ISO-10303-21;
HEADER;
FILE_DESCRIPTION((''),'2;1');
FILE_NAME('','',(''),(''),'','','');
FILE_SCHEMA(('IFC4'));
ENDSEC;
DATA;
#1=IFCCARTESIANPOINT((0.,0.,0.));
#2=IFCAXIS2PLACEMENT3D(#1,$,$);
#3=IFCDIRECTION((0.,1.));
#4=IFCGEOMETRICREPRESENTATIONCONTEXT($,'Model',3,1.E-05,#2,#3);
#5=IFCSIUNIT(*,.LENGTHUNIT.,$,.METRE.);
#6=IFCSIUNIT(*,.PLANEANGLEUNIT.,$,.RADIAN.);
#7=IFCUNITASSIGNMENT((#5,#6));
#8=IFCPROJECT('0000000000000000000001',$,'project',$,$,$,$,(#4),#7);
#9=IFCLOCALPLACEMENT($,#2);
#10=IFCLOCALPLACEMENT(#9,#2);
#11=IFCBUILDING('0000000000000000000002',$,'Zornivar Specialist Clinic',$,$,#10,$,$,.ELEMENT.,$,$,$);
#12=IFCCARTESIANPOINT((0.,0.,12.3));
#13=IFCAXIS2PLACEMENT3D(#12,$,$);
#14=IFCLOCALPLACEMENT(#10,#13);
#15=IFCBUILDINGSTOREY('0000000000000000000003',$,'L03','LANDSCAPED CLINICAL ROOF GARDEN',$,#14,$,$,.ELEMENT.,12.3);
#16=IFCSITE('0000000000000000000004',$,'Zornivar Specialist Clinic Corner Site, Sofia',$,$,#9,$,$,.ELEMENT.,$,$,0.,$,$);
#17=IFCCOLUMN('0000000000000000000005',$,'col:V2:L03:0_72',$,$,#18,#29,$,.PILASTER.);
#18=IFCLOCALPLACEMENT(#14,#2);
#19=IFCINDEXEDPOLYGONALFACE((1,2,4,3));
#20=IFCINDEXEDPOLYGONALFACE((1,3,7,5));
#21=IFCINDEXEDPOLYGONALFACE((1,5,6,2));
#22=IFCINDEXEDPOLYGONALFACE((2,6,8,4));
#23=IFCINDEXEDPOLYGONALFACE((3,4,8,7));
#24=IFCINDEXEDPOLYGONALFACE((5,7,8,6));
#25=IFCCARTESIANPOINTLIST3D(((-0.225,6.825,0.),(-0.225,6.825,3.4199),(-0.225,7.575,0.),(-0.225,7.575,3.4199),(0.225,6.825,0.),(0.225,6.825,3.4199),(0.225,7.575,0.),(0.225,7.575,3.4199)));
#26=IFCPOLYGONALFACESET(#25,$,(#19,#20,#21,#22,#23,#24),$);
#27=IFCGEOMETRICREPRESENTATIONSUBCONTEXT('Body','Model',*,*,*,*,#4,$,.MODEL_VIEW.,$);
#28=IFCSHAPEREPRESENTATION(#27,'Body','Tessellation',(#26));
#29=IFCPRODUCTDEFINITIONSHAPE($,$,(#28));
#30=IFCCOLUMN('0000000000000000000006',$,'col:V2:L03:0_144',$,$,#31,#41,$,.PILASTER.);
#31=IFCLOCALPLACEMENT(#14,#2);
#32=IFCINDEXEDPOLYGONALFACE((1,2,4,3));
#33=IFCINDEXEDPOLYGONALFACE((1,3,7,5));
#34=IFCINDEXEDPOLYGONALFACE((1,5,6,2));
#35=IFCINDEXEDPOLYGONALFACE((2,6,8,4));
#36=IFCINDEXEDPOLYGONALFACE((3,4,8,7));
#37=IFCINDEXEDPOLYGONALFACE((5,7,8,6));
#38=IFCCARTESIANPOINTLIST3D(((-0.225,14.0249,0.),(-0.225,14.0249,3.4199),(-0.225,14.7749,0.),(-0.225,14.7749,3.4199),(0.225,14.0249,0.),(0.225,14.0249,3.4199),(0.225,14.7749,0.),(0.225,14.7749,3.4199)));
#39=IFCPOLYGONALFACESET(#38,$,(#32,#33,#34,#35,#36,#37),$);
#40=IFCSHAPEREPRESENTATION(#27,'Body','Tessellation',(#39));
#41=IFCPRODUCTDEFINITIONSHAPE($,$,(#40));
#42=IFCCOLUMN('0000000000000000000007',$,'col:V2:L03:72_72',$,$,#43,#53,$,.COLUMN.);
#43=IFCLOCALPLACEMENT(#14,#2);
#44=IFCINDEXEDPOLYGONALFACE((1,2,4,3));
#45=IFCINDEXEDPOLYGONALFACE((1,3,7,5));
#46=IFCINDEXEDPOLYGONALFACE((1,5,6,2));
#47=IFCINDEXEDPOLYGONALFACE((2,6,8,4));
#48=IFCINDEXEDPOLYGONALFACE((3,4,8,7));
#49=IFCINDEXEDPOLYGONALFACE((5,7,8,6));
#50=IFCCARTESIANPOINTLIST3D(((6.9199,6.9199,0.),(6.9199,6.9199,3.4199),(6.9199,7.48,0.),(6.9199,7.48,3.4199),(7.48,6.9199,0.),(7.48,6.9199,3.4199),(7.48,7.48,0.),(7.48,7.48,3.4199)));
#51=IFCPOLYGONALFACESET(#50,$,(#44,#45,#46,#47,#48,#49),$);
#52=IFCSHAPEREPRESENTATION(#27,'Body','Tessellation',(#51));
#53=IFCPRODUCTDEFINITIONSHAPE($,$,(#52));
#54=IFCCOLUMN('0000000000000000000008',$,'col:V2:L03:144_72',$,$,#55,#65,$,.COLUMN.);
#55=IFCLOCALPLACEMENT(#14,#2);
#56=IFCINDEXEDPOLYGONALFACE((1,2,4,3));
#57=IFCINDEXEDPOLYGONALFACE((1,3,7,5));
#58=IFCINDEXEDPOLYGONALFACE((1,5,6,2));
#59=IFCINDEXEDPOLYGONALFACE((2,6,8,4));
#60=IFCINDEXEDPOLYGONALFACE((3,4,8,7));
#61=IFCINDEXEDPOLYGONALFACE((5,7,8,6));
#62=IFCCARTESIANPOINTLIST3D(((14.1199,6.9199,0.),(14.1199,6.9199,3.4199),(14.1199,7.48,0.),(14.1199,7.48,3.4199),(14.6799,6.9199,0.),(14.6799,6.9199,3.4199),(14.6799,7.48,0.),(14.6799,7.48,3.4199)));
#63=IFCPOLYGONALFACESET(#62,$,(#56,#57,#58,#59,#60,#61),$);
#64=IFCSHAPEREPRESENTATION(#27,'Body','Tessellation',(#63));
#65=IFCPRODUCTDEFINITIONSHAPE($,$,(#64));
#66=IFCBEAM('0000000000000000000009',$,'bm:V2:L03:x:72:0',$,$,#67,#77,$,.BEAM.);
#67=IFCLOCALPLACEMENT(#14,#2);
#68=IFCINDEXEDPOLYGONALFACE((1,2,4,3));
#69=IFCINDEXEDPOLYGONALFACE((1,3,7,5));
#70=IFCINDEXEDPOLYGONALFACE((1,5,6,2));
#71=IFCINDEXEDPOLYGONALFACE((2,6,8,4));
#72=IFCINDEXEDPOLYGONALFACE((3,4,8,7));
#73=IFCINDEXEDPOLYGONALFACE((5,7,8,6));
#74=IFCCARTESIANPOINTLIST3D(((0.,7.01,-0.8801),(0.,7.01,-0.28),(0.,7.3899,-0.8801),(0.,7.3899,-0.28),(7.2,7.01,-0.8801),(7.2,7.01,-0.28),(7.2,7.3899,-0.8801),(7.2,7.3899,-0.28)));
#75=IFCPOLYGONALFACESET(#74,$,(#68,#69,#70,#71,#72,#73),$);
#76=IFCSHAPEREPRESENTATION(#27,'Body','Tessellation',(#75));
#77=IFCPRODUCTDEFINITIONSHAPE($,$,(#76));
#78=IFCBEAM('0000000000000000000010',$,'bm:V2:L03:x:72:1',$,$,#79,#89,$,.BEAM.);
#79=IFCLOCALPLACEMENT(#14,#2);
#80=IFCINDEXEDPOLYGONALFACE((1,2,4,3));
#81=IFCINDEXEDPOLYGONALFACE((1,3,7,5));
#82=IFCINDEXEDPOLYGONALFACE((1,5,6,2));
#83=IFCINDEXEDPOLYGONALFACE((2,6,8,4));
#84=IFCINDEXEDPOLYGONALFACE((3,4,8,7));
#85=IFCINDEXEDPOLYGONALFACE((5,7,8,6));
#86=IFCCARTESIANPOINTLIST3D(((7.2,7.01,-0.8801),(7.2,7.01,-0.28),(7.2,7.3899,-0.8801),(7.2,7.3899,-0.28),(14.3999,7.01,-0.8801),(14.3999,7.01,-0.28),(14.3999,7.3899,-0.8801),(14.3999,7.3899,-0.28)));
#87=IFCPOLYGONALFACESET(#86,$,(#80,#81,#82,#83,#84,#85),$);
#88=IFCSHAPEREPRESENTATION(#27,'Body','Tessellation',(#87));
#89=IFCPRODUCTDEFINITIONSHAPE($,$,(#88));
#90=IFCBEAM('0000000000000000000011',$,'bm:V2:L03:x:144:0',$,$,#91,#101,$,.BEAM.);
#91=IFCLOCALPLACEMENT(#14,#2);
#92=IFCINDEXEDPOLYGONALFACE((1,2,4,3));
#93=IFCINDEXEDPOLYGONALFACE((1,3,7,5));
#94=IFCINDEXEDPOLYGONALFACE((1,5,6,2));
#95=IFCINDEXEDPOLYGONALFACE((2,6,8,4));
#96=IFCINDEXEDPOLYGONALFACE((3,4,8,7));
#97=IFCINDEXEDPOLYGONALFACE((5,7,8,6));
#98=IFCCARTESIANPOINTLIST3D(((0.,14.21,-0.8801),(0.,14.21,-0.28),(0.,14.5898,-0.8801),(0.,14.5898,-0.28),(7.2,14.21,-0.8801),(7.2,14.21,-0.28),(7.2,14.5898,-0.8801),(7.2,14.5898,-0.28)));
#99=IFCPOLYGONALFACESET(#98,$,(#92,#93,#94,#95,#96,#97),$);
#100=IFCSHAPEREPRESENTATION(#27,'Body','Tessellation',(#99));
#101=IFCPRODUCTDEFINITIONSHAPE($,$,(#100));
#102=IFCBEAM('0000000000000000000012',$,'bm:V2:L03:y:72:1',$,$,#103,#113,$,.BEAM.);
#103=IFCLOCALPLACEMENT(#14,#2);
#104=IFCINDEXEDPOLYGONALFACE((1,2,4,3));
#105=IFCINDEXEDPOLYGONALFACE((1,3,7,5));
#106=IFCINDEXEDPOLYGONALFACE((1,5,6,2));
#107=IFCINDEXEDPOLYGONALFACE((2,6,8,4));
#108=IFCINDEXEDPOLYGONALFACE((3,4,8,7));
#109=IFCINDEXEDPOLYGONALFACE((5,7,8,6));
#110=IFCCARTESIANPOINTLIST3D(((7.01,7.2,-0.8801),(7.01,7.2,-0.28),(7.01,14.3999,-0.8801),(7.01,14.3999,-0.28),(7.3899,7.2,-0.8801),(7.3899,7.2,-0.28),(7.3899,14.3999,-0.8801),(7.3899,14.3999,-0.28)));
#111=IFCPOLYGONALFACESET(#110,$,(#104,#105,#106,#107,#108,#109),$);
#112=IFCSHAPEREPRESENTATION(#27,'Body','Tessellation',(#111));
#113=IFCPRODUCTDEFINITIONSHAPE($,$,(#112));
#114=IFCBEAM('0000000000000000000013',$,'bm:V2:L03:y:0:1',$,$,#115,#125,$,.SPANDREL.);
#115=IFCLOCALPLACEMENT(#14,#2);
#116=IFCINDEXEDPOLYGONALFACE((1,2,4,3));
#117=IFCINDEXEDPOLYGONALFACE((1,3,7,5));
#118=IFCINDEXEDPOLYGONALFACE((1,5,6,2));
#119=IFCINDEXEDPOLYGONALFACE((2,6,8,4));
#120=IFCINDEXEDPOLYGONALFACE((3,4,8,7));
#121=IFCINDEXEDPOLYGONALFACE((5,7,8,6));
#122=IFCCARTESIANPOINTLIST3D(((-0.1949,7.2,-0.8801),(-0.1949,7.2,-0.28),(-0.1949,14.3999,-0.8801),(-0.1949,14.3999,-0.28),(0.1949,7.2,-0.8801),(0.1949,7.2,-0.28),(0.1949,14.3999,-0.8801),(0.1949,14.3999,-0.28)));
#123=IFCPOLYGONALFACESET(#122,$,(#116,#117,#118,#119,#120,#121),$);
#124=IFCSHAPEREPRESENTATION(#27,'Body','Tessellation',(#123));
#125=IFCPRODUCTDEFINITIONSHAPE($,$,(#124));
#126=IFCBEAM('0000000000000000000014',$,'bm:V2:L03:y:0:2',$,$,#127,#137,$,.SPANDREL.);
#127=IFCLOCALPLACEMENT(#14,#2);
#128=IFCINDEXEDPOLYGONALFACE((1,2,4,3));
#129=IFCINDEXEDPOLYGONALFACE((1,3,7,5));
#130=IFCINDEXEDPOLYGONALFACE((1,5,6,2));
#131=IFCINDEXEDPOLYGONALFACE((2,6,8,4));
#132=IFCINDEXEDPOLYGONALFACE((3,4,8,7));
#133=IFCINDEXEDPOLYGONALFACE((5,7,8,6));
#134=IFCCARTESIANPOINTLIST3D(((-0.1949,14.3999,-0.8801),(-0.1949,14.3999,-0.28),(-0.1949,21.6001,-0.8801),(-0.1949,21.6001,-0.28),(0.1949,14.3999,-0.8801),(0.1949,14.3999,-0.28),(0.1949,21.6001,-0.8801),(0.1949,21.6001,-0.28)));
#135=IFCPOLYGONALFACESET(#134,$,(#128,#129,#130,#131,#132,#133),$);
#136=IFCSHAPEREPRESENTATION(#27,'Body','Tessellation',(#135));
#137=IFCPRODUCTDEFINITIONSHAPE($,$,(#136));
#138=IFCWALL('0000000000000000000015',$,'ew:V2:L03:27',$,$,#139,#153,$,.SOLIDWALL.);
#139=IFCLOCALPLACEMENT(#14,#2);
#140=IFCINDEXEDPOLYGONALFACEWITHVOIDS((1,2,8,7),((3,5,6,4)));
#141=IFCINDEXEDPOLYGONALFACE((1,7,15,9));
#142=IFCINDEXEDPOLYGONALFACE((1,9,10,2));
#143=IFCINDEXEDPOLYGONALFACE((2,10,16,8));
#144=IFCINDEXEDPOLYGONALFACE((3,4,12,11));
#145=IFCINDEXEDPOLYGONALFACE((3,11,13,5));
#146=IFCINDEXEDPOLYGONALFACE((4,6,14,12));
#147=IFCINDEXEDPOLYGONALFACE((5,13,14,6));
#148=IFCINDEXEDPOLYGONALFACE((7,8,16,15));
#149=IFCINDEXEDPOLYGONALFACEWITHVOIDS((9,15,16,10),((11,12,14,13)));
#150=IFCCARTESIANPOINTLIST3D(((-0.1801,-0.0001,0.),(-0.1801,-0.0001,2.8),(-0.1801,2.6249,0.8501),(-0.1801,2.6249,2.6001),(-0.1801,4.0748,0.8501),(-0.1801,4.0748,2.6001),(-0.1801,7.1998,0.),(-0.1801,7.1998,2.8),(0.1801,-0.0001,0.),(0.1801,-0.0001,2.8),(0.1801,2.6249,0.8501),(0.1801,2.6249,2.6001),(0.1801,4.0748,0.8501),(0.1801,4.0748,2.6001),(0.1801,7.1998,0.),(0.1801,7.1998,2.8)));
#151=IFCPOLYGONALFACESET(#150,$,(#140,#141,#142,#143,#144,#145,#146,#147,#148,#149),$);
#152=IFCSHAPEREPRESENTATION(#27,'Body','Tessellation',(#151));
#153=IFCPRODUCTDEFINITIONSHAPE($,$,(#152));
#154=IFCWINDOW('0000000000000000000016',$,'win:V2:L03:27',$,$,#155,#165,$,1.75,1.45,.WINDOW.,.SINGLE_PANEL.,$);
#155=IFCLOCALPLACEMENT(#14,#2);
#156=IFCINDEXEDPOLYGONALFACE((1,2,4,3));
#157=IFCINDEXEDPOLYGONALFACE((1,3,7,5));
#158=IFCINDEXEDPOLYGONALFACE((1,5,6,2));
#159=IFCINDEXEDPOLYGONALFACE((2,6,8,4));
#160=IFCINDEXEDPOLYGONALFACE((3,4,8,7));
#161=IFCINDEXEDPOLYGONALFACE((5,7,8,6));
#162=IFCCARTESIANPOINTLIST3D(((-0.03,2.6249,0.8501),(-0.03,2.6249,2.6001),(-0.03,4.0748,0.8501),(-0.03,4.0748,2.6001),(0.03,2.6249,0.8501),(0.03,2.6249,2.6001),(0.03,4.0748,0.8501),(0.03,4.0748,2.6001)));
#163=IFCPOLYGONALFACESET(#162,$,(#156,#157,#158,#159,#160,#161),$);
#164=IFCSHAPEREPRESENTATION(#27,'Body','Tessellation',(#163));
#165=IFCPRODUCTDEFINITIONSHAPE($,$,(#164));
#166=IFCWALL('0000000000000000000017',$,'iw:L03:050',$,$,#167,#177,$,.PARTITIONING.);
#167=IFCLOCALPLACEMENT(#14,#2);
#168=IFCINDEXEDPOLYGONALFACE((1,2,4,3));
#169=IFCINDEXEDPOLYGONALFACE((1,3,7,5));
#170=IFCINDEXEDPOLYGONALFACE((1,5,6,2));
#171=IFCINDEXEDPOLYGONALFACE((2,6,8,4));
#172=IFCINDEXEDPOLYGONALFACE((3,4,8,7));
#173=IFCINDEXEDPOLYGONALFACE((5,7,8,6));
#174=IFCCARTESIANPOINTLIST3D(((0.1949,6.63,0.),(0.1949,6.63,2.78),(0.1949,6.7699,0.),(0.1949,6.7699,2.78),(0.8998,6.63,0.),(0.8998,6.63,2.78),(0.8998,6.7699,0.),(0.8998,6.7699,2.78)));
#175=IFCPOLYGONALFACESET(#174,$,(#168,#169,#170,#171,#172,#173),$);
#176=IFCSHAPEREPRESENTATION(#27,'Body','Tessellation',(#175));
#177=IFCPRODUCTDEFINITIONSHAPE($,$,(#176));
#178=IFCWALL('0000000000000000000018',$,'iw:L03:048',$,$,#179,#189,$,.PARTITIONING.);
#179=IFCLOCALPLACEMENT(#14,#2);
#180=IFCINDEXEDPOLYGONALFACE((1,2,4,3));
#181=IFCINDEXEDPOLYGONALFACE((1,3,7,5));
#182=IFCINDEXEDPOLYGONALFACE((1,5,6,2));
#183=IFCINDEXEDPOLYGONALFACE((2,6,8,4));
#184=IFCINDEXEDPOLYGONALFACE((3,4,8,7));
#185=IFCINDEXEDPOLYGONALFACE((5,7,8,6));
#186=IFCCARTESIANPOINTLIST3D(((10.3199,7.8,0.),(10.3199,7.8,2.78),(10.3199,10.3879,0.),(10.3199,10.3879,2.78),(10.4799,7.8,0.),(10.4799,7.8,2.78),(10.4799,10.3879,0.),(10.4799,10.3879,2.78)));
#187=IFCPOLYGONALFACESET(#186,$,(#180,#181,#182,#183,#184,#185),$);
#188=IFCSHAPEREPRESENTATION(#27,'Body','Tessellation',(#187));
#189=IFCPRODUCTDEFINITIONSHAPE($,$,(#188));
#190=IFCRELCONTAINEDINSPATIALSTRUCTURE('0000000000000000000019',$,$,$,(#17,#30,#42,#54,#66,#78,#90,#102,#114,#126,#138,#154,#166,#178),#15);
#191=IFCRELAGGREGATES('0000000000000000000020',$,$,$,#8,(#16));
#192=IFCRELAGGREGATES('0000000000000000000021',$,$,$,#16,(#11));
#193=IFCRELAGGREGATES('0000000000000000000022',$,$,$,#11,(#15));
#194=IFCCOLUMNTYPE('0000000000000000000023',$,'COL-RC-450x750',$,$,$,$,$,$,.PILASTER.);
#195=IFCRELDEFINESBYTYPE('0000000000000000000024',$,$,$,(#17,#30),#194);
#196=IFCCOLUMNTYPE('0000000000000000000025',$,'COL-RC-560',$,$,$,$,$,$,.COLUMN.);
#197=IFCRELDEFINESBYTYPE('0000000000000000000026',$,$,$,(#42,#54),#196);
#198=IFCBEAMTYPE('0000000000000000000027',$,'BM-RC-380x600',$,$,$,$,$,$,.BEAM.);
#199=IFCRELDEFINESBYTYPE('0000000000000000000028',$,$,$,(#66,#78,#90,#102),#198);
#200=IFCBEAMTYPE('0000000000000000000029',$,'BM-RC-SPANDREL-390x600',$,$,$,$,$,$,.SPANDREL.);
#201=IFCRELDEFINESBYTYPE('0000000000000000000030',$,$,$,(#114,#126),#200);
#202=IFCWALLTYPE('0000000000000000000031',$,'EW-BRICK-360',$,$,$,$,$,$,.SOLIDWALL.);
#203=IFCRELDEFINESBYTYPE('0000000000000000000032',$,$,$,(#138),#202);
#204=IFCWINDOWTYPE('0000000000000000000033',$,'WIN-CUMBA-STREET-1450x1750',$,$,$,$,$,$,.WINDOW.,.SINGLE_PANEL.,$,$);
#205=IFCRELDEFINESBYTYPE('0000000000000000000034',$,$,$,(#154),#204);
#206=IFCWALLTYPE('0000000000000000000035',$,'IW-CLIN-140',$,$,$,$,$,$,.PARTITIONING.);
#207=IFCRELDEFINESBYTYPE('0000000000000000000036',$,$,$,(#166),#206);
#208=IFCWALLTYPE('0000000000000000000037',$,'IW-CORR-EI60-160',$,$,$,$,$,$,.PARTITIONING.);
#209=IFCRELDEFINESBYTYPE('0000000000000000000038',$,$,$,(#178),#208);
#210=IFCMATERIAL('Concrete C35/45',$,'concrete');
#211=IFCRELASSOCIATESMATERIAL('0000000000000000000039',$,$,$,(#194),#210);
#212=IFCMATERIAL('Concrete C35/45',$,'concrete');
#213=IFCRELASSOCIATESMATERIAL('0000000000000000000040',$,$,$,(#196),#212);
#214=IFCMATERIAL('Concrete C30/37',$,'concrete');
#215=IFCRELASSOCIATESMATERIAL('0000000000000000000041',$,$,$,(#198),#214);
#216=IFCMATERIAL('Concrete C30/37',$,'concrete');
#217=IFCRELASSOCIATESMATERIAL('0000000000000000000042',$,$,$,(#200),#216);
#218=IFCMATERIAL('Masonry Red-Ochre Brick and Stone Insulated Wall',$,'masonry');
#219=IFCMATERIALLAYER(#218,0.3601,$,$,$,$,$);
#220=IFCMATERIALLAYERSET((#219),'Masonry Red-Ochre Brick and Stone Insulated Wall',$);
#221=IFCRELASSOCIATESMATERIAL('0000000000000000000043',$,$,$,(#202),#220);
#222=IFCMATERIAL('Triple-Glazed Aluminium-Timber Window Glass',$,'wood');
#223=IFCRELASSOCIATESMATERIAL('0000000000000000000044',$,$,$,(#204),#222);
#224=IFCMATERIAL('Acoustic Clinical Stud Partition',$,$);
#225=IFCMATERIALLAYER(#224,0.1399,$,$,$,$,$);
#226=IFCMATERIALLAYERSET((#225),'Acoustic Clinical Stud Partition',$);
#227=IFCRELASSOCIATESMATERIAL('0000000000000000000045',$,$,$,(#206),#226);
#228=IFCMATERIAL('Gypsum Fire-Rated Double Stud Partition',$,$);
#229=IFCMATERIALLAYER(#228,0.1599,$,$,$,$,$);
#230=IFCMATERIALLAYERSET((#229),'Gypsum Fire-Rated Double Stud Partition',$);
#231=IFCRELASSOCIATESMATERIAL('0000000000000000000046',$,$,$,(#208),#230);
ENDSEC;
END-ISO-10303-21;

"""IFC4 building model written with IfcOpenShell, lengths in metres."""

from ifc_helpers import new_model, si_unit, direction, frame, frame_2d, origin, origin_2d, place, context, subcontext, project, spatial, rectangle, extrude, material, layer, layer_set, material_profile, profile_set, type_object, element, fill, save


model = new_model("IFC4")

# Units and contexts
model_context = context("Model", 3, precision=1e-05, world=origin(), true_north=direction((0.0, 1.0)))
body_context = subcontext(model_context, "Body", "Model", "MODEL_VIEW")
ifc_project = project(units=[si_unit("LENGTHUNIT", "METRE"), si_unit("PLANEANGLEUNIT", "RADIAN")], contexts=[model_context])

# Site, building, storey
site_placement = place(None, origin())
site = spatial("IfcSite", under=ifc_project, at=site_placement, Name="Zornivar Specialist Clinic Corner Site, Sofia", CompositionType="ELEMENT", RefElevation=0.0)
building_placement = place(site_placement, origin())
building = spatial("IfcBuilding", under=site, at=building_placement, Name="Zornivar Specialist Clinic", CompositionType="ELEMENT")
storey_placement = place(building_placement, frame((0.0, 0.0, 12.3)))
storey = spatial("IfcBuildingStorey", under=building, at=storey_placement, Name="L03", Description="LANDSCAPED CLINICAL ROOF GARDEN", CompositionType="ELEMENT", Elevation=12.3)

# Columns
ifc_material_1 = material(Name="Concrete C35/45", Category="concrete")
ifc_material_profile_1 = material_profile(ifc_material_1, rectangle(XDim=0.45, YDim=0.75, at=origin_2d()), Name="RC 450x750")
ifc_profile_set_1 = profile_set([ifc_material_profile_1], Name="Concrete C35/45")
column_type_1 = type_object("IfcColumnType", Name="COL-RC-450x750", PredefinedType="PILASTER", material=ifc_profile_set_1)
for number, where, z_axis, x_axis, name in (
    (1, (0.0, 7.2, 0.0), (0.0, 0.0, 1.0), (1.0, 0.0, 0.0), "col:V2:L03:0_72"),
    (2, (0.0, 14.3999, 0.0), (0.0, 0.0, 1.0), (1.0, 0.0, 0.0), "col:V2:L03:0_144"),
):
    element("IfcColumn", number, at=place(storey_placement, frame(where, z_axis=z_axis, x_axis=x_axis)), inside=storey, type_object=column_type_1, Name=name, PredefinedType="PILASTER", context=body_context, shape_type="SweptSolid", body=[
        extrude(rectangle(XDim=0.45, YDim=0.75, at=origin_2d()), origin(), (0.0, 0.0, 1.0), 3.4199),
    ])
ifc_material_2 = material(Name="Concrete C35/45", Category="concrete")
ifc_material_profile_2 = material_profile(ifc_material_2, rectangle(XDim=0.5601, YDim=0.5601, at=origin_2d()), Name="RC 560x560")
ifc_profile_set_2 = profile_set([ifc_material_profile_2], Name="Concrete C35/45")
column_type_2 = type_object("IfcColumnType", Name="COL-RC-560", PredefinedType="COLUMN", material=ifc_profile_set_2)
for number, where, z_axis, x_axis, name in (
    (3, (7.2, 7.2, 0.0), (0.0, 0.0, 1.0), (1.0, 0.0, 0.0), "col:V2:L03:72_72"),
    (4, (14.3999, 7.2, 0.0), (0.0, 0.0, 1.0), (1.0, 0.0, 0.0), "col:V2:L03:144_72"),
):
    element("IfcColumn", number, at=place(storey_placement, frame(where, z_axis=z_axis, x_axis=x_axis)), inside=storey, type_object=column_type_2, Name=name, PredefinedType="COLUMN", context=body_context, shape_type="SweptSolid", body=[
        extrude(rectangle(XDim=0.5601, YDim=0.5601, at=origin_2d()), origin(), (0.0, 0.0, 1.0), 3.4199),
    ])

# Beams
ifc_material_3 = material(Name="Concrete C30/37", Category="concrete")
ifc_material_profile_3 = material_profile(ifc_material_3, rectangle(XDim=0.3799, YDim=0.6001, at=origin_2d()), Name="RC 380x600")
ifc_profile_set_3 = profile_set([ifc_material_profile_3], Name="Concrete C30/37")
beam_type_1 = type_object("IfcBeamType", Name="BM-RC-380x600", PredefinedType="BEAM", material=ifc_profile_set_3)
for number, where, z_axis, x_axis, name in (
    (5, (0.0, 7.2, -0.5801), (1.0, 0.0, 0.0), (0.0, 1.0, 0.0), "bm:V2:L03:x:72:0"),
    (6, (7.2, 7.2, -0.5801), (1.0, 0.0, 0.0), (0.0, 1.0, 0.0), "bm:V2:L03:x:72:1"),
    (7, (0.0, 14.3999, -0.5801), (1.0, 0.0, 0.0), (0.0, 1.0, 0.0), "bm:V2:L03:x:144:0"),
    (8, (7.2, 7.2, -0.5801), (0.0, 1.0, 0.0), (-1.0, 0.0, 0.0), "bm:V2:L03:y:72:1"),
):
    element("IfcBeam", number, at=place(storey_placement, frame(where, z_axis=z_axis, x_axis=x_axis)), inside=storey, type_object=beam_type_1, Name=name, PredefinedType="BEAM", context=body_context, shape_type="SweptSolid", body=[
        extrude(rectangle(XDim=0.3799, YDim=0.6001, at=origin_2d()), origin(), (0.0, 0.0, 1.0), 7.2),
    ])
ifc_material_4 = material(Name="Concrete C30/37", Category="concrete")
ifc_material_profile_4 = material_profile(ifc_material_4, rectangle(XDim=0.3899, YDim=0.6001, at=origin_2d()), Name="RC 390x600")
ifc_profile_set_4 = profile_set([ifc_material_profile_4], Name="Concrete C30/37")
beam_type_2 = type_object("IfcBeamType", Name="BM-RC-SPANDREL-390x600", PredefinedType="SPANDREL", material=ifc_profile_set_4)
beam_1_placement = place(storey_placement, frame((0.0, 7.2, -0.5801), z_axis=(0.0, 1.0, 0.0), x_axis=(-1.0, 0.0, 0.0)))
element("IfcBeam", 9, at=beam_1_placement, inside=storey, type_object=beam_type_2, Name="bm:V2:L03:y:0:1", PredefinedType="SPANDREL", context=body_context, shape_type="SweptSolid", body=[
    extrude(rectangle(XDim=0.3899, YDim=0.6001, at=origin_2d()), origin(), (0.0, 0.0, 1.0), 7.2),
])
beam_2_placement = place(storey_placement, frame((0.0, 14.3999, -0.5801), z_axis=(0.0, 1.0, 0.0), x_axis=(-1.0, 0.0, 0.0)))
element("IfcBeam", 10, at=beam_2_placement, inside=storey, type_object=beam_type_2, Name="bm:V2:L03:y:0:2", PredefinedType="SPANDREL", context=body_context, shape_type="SweptSolid", body=[
    extrude(rectangle(XDim=0.3899, YDim=0.6001, at=origin_2d()), origin(), (0.0, 0.0, 1.0), 7.2002),
])

# Wall, opening, window
ifc_material_5 = material(Name="Masonry Red-Ochre Brick and Stone Insulated Wall", Category="masonry")
ifc_layer_1 = layer(ifc_material_5, 0.3601)
ifc_layer_set_1 = layer_set([ifc_layer_1], Name="Masonry Red-Ochre Brick and Stone Insulated Wall")
wall_type_1 = type_object("IfcWallType", Name="EW-BRICK-360", PredefinedType="SOLIDWALL", material=ifc_layer_set_1)
wall_1_placement = place(storey_placement, frame((0.0, 7.2, 0.0), z_axis=(0.0, 0.0, 1.0), x_axis=(0.0, -1.0, 0.0)))
wall_1 = element("IfcWall", 11, at=wall_1_placement, inside=storey, type_object=wall_type_1, Name="ew:V2:L03:27", PredefinedType="SOLIDWALL", context=body_context, shape_type="SweptSolid", body=[
    extrude(rectangle(XDim=7.2, YDim=0.3601, at=frame_2d((3.6001, 0.0))), origin(), (0.0, 0.0, 1.0), 2.8),
])
opening_1_placement = place(wall_1_placement, frame((3.125, 0.0, 0.8501)))
opening_1 = element("IfcOpeningElement", 12, at=opening_1_placement, cuts=wall_1, PredefinedType="OPENING", context=body_context, shape_type="SweptSolid", body=[
    extrude(rectangle(XDim=1.45, YDim=1.75, at=frame_2d((0.7251, 0.875))), frame((0.0, 0.1899, 0.0), z_axis=(0.0, -1.0, 0.0), x_axis=(1.0, 0.0, 0.0)), (0.0, 0.0, 1.0), 0.3801),
])
ifc_material_6 = material(Name="Triple-Glazed Aluminium-Timber Window Glass", Category="wood")
window_type = type_object("IfcWindowType", Name="WIN-CUMBA-STREET-1450x1750", PartitioningType="SINGLE_PANEL", PredefinedType="WINDOW", material=ifc_material_6)
window_placement = place(opening_1_placement, origin())
window = element("IfcWindow", 13, at=window_placement, inside=storey, type_object=window_type, Name="win:V2:L03:27", OverallHeight=1.75, OverallWidth=1.45, PartitioningType="SINGLE_PANEL", PredefinedType="WINDOW", context=body_context, shape_type="SweptSolid", body=[
    extrude(rectangle(XDim=1.45, YDim=1.75, at=frame_2d((0.7251, 0.875))), frame((0.0, 0.03, 0.0), z_axis=(0.0, -1.0, 0.0), x_axis=(1.0, 0.0, 0.0)), (0.0, 0.0, 1.0), 0.0601),
])
fill(opening_1, window)

# Walls
ifc_material_7 = material(Name="Acoustic Clinical Stud Partition")
ifc_layer_2 = layer(ifc_material_7, 0.1399)
ifc_layer_set_2 = layer_set([ifc_layer_2], Name="Acoustic Clinical Stud Partition")
wall_type_2 = type_object("IfcWallType", Name="IW-CLIN-140", PredefinedType="PARTITIONING", material=ifc_layer_set_2)
wall_2_placement = place(storey_placement, frame((0.8999, 6.7, 0.0), z_axis=(0.0, 0.0, 1.0), x_axis=(-1.0, 0.0, 0.0)))
element("IfcWall", 14, at=wall_2_placement, inside=storey, type_object=wall_type_2, Name="iw:L03:050", PredefinedType="PARTITIONING", context=body_context, shape_type="SweptSolid", body=[
    extrude(rectangle(XDim=0.7048, YDim=0.1399, at=frame_2d((0.3525, 0.0))), origin(), (0.0, 0.0, 1.0), 2.78),
])
ifc_material_8 = material(Name="Gypsum Fire-Rated Double Stud Partition")
ifc_layer_3 = layer(ifc_material_8, 0.1599)
ifc_layer_set_3 = layer_set([ifc_layer_3], Name="Gypsum Fire-Rated Double Stud Partition")
wall_type_3 = type_object("IfcWallType", Name="IW-CORR-EI60-160", PredefinedType="PARTITIONING", material=ifc_layer_set_3)
wall_3_placement = place(storey_placement, frame((10.3999, 10.3879, 0.0), z_axis=(0.0, 0.0, 1.0), x_axis=(0.0, -1.0, 0.0)))
element("IfcWall", 15, at=wall_3_placement, inside=storey, type_object=wall_type_3, Name="iw:L03:048", PredefinedType="PARTITIONING", context=body_context, shape_type="SweptSolid", body=[
    extrude(rectangle(XDim=2.5879, YDim=0.1599, at=frame_2d((1.2939, 0.0))), origin(), (0.0, 0.0, 1.0), 2.78),
])

save(model, "model.ifc")
